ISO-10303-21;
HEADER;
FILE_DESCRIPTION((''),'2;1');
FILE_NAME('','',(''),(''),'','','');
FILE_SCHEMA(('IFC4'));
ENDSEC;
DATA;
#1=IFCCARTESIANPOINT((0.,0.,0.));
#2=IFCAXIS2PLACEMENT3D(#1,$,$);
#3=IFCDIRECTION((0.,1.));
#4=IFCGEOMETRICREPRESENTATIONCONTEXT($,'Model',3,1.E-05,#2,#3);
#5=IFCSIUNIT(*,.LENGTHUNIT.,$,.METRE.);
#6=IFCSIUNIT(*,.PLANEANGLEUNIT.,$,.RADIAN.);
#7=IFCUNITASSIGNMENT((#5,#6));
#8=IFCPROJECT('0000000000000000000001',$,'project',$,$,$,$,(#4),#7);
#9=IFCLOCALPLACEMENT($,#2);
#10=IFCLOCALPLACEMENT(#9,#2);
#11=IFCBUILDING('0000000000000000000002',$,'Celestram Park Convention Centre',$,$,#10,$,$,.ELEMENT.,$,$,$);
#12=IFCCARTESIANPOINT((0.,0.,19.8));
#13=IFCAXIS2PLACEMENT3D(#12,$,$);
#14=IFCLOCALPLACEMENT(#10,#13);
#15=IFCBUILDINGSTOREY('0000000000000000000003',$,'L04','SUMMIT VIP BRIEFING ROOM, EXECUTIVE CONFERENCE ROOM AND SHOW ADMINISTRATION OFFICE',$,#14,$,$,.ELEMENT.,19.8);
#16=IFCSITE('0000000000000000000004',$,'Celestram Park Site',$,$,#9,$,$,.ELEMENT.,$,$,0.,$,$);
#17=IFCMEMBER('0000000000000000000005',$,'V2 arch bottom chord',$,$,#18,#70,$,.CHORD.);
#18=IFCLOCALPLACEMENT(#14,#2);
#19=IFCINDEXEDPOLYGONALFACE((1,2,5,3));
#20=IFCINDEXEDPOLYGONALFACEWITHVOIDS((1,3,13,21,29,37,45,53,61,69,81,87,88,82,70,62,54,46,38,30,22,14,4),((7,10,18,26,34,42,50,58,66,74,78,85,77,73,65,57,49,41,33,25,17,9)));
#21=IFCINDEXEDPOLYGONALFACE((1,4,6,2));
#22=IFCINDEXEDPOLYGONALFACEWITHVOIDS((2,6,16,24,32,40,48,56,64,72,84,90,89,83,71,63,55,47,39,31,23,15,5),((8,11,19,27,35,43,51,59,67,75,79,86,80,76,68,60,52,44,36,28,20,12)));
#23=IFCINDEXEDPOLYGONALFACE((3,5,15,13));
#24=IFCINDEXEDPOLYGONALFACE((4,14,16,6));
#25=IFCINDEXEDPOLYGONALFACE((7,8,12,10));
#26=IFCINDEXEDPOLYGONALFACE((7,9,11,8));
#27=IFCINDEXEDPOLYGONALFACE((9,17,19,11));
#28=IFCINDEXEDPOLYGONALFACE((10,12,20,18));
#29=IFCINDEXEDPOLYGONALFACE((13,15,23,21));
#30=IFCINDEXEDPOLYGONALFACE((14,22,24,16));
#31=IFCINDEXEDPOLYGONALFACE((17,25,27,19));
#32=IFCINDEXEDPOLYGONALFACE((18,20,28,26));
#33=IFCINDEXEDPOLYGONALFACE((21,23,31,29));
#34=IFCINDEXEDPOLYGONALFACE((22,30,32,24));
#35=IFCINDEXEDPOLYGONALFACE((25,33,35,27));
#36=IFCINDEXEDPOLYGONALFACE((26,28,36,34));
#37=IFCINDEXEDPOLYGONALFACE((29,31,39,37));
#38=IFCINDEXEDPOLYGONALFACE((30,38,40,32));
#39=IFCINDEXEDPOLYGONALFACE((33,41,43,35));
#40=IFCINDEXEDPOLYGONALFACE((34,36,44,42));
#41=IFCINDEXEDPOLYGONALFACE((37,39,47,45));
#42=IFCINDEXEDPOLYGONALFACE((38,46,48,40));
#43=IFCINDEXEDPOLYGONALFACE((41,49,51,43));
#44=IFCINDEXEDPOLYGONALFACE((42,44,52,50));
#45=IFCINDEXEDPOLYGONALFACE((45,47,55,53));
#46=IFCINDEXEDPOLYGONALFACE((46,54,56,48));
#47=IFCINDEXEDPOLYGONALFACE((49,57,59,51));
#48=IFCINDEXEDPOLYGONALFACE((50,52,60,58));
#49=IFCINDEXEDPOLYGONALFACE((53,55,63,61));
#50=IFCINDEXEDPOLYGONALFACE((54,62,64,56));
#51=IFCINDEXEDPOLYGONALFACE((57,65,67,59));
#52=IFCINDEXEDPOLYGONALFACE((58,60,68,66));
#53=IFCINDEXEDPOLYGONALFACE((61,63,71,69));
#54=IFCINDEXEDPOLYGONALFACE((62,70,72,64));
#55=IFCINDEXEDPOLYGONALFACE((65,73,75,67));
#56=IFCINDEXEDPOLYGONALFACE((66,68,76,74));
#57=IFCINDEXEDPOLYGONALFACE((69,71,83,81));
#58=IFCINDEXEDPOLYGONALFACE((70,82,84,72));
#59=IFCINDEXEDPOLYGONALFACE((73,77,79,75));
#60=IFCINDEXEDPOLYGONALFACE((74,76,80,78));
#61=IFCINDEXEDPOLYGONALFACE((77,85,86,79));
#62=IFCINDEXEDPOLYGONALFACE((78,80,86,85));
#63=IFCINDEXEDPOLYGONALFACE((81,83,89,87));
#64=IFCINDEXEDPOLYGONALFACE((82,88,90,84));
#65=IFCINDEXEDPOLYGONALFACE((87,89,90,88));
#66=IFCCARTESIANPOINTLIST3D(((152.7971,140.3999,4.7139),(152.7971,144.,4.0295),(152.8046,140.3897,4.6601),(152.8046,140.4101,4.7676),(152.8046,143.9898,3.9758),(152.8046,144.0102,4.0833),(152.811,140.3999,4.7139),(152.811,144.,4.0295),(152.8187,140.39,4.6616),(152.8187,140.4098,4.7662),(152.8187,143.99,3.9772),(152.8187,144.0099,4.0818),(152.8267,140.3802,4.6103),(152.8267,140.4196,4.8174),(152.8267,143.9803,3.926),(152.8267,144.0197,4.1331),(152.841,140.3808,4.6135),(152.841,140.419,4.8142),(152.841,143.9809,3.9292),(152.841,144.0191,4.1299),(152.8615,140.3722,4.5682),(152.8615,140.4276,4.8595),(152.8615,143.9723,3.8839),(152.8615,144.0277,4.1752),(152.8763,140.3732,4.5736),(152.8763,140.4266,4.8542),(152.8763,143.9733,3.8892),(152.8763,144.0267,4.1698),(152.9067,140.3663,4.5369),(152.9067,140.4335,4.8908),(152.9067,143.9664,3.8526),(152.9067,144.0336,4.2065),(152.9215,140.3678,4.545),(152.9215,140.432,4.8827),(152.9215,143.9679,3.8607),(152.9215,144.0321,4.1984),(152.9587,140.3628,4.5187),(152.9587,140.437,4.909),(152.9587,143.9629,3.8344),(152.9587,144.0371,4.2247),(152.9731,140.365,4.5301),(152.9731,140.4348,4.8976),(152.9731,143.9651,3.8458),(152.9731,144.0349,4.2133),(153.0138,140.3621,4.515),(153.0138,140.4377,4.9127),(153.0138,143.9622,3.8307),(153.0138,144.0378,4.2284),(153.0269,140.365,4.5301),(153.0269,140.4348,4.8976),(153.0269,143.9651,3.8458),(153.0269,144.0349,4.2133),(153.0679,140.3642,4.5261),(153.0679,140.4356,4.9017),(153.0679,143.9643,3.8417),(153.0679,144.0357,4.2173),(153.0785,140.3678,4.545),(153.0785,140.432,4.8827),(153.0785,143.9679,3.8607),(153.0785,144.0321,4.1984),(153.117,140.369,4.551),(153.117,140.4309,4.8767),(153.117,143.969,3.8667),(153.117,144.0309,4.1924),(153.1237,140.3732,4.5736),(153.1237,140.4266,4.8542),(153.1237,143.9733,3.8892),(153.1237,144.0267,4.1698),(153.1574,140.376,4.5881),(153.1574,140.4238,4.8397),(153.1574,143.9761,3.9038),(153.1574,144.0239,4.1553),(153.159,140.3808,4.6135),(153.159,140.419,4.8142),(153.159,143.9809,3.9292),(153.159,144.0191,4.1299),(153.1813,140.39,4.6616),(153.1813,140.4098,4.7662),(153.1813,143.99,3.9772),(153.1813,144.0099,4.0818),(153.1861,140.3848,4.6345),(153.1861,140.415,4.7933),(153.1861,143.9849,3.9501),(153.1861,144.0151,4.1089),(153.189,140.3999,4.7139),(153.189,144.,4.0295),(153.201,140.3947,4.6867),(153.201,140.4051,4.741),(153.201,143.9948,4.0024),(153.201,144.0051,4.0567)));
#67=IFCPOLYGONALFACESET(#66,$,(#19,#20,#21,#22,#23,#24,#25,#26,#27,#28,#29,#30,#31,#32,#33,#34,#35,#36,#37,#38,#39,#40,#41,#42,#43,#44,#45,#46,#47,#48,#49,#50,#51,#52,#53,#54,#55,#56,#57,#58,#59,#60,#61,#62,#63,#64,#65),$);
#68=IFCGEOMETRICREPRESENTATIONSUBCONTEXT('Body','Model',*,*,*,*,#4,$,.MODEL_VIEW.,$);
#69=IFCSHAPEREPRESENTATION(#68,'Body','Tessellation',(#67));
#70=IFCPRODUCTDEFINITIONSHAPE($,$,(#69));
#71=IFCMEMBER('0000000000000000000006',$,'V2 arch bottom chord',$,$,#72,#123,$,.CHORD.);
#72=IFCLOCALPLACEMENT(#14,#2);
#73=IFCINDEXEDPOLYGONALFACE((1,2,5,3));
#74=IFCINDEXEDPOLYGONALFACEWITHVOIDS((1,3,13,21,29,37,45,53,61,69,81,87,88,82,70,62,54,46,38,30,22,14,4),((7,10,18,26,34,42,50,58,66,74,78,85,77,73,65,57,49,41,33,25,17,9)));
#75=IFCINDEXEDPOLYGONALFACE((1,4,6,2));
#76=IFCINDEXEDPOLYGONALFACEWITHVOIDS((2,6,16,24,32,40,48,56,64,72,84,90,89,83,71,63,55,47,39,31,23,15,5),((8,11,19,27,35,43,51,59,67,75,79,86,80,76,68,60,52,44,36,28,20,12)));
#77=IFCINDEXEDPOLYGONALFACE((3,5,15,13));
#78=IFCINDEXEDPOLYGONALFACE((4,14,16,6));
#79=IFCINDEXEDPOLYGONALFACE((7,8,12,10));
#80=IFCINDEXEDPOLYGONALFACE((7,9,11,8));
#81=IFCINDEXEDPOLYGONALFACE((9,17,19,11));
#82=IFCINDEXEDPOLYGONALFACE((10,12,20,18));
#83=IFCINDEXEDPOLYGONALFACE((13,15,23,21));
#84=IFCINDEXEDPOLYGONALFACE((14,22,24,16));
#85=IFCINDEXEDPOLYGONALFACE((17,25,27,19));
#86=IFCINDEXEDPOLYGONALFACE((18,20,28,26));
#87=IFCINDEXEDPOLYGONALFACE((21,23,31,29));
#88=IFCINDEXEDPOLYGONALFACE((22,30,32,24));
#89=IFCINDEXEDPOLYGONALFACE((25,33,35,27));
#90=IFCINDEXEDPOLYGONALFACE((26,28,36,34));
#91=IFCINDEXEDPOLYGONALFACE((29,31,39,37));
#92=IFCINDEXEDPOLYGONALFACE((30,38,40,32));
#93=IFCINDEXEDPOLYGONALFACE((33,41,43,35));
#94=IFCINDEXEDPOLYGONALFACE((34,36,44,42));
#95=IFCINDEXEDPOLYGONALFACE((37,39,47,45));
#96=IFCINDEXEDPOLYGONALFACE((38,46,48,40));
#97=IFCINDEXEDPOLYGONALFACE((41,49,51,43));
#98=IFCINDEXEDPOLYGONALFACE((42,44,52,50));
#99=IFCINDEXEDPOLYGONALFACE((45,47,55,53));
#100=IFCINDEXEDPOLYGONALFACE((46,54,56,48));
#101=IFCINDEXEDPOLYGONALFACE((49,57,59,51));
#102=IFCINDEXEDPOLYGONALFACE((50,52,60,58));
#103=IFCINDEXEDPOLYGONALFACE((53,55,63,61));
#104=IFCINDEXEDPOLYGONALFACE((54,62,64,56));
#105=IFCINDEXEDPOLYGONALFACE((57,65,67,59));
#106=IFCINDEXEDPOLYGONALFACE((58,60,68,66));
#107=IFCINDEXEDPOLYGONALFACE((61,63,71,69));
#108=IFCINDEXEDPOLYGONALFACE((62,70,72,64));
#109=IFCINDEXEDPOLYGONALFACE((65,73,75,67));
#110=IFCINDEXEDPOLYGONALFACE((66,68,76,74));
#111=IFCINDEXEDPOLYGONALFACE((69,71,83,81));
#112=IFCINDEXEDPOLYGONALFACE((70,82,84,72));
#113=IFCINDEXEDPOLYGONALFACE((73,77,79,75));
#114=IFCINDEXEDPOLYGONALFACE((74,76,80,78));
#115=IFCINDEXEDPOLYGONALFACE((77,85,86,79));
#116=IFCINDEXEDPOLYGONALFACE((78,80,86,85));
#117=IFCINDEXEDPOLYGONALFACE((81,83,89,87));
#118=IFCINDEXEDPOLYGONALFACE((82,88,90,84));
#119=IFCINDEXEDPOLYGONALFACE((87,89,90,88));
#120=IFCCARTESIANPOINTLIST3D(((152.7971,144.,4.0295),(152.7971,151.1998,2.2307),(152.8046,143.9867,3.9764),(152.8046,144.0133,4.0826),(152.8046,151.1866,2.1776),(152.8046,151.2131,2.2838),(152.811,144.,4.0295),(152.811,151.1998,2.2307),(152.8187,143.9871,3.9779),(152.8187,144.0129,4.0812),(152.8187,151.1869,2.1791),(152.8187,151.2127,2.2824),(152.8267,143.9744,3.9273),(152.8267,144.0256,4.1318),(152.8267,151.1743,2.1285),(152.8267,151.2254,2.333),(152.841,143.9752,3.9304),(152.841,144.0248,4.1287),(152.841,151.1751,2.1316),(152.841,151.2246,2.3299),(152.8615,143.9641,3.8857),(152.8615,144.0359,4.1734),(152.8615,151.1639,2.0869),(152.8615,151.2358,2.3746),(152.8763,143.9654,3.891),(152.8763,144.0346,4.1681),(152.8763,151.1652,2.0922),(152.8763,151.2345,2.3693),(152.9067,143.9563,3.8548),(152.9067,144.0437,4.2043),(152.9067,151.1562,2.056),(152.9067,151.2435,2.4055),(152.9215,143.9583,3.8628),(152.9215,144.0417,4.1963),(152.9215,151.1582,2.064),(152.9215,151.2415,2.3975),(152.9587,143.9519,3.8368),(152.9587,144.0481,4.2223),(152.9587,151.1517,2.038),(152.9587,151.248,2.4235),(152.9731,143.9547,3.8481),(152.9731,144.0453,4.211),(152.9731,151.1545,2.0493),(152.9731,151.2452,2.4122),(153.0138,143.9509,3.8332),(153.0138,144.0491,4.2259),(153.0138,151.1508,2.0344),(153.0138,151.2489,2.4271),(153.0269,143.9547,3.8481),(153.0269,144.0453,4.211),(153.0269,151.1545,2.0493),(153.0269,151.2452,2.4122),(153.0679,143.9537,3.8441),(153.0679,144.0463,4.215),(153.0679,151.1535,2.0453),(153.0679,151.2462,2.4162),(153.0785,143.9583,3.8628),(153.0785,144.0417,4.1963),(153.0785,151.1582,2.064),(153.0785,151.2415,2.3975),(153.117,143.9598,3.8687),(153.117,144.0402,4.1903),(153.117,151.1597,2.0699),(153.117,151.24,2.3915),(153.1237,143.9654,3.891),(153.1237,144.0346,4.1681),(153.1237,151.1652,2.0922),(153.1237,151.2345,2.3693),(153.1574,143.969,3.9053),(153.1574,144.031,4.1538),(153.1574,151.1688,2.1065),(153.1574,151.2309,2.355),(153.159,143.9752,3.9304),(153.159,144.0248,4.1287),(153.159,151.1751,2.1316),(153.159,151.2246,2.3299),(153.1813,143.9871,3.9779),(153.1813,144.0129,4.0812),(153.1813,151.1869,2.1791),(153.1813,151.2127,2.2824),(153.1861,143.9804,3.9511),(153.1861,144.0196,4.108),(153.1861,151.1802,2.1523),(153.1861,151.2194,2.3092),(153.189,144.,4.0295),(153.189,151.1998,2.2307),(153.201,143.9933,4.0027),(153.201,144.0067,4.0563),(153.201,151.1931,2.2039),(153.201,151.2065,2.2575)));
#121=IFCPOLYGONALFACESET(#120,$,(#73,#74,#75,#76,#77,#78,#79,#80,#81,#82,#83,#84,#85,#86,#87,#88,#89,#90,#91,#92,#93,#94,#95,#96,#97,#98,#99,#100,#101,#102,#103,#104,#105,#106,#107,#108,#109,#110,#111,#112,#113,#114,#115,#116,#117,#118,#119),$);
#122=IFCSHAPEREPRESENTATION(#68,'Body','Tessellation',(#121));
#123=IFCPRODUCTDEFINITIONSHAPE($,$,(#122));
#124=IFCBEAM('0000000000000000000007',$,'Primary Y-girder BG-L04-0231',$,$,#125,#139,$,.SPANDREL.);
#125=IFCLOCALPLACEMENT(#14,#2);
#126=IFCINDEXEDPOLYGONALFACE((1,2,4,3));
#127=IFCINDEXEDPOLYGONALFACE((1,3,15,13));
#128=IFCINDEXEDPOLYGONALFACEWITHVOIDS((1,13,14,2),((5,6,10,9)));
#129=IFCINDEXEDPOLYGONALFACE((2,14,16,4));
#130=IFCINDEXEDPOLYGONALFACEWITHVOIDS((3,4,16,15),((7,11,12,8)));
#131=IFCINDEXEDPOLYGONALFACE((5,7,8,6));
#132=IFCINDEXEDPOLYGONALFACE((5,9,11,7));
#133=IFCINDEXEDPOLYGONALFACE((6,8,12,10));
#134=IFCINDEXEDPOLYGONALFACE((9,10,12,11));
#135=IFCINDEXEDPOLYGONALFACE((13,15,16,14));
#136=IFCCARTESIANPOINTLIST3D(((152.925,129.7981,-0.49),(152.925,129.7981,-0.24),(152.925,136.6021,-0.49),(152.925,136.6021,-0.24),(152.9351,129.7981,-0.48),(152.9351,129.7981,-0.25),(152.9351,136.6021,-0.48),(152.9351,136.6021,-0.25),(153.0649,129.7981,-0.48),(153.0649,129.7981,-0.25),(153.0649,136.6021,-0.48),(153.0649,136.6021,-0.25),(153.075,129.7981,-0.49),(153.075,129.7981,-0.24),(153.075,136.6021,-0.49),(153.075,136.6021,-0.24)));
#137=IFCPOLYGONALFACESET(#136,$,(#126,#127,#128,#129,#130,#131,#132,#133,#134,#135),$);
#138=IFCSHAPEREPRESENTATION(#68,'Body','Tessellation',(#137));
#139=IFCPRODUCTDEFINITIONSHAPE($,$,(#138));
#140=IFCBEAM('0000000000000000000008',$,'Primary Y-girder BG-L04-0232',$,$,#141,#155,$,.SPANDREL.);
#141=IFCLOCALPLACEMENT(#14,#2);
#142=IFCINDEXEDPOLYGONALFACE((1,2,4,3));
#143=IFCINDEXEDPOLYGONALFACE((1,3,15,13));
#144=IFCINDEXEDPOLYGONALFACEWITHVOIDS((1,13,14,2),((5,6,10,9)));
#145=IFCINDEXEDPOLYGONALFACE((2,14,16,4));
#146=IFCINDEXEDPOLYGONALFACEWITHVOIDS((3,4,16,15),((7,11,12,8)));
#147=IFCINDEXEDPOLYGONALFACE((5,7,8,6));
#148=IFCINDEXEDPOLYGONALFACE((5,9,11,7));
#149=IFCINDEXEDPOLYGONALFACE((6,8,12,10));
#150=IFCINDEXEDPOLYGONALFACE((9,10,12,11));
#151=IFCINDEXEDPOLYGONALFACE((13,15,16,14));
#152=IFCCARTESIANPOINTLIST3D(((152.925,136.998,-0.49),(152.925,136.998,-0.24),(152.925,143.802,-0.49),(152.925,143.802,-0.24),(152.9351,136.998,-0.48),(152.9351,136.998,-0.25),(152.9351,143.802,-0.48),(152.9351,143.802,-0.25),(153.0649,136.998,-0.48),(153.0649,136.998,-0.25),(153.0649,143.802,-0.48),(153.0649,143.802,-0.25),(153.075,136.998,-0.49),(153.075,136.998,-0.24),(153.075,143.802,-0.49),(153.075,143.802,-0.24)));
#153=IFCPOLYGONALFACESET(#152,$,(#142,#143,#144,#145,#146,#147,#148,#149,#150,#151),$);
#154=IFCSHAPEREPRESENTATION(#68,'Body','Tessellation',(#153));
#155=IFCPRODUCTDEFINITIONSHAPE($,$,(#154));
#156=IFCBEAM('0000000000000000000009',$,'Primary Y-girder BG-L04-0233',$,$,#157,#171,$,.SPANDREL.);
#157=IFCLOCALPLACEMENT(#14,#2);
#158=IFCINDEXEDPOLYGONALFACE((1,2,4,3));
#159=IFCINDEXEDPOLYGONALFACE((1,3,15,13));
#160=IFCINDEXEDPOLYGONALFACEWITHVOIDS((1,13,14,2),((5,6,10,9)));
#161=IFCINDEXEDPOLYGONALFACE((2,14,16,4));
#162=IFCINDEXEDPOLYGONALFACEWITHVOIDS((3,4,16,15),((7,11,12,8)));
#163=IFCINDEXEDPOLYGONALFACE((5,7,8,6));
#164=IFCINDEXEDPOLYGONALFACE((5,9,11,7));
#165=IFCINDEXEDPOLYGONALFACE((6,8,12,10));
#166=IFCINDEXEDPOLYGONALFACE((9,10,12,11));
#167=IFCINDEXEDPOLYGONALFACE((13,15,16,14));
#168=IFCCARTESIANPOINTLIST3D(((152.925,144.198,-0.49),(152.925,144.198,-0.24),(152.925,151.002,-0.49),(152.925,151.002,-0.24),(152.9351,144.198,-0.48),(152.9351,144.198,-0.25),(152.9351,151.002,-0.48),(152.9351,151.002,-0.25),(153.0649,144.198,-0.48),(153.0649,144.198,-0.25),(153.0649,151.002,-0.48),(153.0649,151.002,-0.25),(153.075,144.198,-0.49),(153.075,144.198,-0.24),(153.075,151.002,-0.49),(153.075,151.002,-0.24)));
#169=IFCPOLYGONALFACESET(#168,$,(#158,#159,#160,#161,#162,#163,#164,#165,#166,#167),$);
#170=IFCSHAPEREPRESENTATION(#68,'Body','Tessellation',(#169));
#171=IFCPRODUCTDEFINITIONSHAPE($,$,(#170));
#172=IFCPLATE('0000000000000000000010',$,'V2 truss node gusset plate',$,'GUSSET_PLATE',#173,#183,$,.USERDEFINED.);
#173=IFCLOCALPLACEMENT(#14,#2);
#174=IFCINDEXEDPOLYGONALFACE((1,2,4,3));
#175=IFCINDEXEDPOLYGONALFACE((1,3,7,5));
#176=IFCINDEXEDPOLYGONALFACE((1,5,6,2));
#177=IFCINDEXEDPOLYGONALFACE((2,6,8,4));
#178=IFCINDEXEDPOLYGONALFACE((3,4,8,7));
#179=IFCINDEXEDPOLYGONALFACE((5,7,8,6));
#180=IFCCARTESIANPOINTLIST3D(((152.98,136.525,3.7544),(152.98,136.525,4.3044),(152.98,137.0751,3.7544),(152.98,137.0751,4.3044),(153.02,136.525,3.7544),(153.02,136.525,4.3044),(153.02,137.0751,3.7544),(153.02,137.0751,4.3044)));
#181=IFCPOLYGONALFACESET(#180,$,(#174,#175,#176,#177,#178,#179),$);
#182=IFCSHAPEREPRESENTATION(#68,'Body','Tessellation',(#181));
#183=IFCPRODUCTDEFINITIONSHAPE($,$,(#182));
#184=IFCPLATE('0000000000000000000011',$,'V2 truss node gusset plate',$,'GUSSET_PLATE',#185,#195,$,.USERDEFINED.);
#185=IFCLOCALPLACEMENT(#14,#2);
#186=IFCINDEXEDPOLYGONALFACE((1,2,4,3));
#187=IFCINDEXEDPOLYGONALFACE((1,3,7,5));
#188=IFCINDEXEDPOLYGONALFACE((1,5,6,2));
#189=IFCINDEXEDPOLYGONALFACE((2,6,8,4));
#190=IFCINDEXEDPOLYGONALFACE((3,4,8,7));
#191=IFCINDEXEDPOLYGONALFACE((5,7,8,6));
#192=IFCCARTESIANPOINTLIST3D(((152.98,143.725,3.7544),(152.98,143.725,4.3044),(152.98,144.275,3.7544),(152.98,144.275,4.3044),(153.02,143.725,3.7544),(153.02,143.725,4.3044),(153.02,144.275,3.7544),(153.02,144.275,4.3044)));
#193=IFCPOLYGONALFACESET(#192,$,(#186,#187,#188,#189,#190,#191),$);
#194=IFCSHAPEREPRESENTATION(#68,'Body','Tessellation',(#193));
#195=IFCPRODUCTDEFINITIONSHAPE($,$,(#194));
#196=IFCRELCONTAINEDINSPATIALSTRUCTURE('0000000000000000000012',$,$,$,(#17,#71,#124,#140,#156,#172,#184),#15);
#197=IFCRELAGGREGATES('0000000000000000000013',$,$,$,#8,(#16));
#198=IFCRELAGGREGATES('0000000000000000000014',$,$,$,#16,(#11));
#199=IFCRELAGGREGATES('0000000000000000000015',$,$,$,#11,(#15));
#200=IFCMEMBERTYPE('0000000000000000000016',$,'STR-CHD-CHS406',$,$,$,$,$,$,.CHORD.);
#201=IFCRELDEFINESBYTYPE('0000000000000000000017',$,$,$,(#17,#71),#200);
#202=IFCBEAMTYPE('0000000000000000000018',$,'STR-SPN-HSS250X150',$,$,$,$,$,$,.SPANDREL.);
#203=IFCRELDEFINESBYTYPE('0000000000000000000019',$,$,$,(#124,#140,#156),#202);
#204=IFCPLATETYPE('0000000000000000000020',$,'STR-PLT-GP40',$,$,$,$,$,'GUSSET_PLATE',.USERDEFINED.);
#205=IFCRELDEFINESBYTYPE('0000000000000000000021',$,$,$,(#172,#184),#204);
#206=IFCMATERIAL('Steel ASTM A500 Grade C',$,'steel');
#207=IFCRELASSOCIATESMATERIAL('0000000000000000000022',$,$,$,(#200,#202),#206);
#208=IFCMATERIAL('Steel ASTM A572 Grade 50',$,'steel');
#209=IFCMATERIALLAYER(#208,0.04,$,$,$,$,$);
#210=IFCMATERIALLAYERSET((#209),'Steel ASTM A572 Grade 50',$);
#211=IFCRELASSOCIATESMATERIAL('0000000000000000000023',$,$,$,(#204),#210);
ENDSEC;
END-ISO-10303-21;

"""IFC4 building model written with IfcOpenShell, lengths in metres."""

from ifc_helpers import new_model, si_unit, direction, frame, origin, origin_2d, place, context, subcontext, project, spatial, rectangle, hollow_rectangle, hollow_circle, extrude, material, layer, layer_set, material_profile, profile_set, type_object, element, save


model = new_model("IFC4")

# Units and contexts
model_context = context("Model", 3, precision=1e-05, world=origin(), true_north=direction((0.0, 1.0)))
body_context = subcontext(model_context, "Body", "Model", "MODEL_VIEW")
ifc_project = project(units=[si_unit("LENGTHUNIT", "METRE"), si_unit("PLANEANGLEUNIT", "RADIAN")], contexts=[model_context])

# Site, building, storey
site_placement = place(None, origin())
site = spatial("IfcSite", under=ifc_project, at=site_placement, Name="Celestram Park Site", CompositionType="ELEMENT", RefElevation=0.0)
building_placement = place(site_placement, origin())
building = spatial("IfcBuilding", under=site, at=building_placement, Name="Celestram Park Convention Centre", CompositionType="ELEMENT")
storey_placement = place(building_placement, frame((0.0, 0.0, 19.8)))
storey = spatial("IfcBuildingStorey", under=building, at=storey_placement, Name="L04", Description="SUMMIT VIP BRIEFING ROOM, EXECUTIVE CONFERENCE ROOM AND SHOW ADMINISTRATION OFFICE", CompositionType="ELEMENT", Elevation=19.8)

# Members
ifc_material_1 = material(Name="Steel ASTM A500 Grade C", Category="steel")
ifc_material_profile_1 = material_profile(ifc_material_1, hollow_circle(Radius=0.2029, WallThickness=0.0139, at=origin_2d()), Name="CHS406X14")
ifc_profile_set_1 = profile_set([ifc_material_profile_1], Name="Steel ASTM A500 Grade C")
member_type_1 = type_object("IfcMemberType", Name="STR-CHD-CHS406", PredefinedType="CHORD", material=ifc_profile_set_1)
member_1_placement = place(storey_placement, frame((153.0, 140.3999, 4.7139), z_axis=(0.0, 0.982409, -0.186742), x_axis=(-1.0, 0.0, 0.0)))
element("IfcMember", 1, at=member_1_placement, inside=storey, type_object=member_type_1, Name="V2 arch bottom chord", PredefinedType="CHORD", context=body_context, shape_type="SweptSolid", body=[
    extrude(hollow_circle(Radius=0.2029, WallThickness=0.0139, at=origin_2d()), origin(), (0.0, 0.0, 1.0), 3.6646),
])
member_2_placement = place(storey_placement, frame((153.0, 144.0, 4.0295), z_axis=(0.0, 0.970179, -0.242389), x_axis=(-1.0, 0.0, 0.0)))
element("IfcMember", 2, at=member_2_placement, inside=storey, type_object=member_type_1, Name="V2 arch bottom chord", PredefinedType="CHORD", context=body_context, shape_type="SweptSolid", body=[
    extrude(hollow_circle(Radius=0.2029, WallThickness=0.0139, at=origin_2d()), origin(), (0.0, 0.0, 1.0), 7.4211),
])

# Beams
ifc_material_profile_2 = material_profile(ifc_material_1, hollow_rectangle(XDim=0.1499, YDim=0.25, WallThickness=0.01, at=origin_2d()), Name="HSS250X150X10")
ifc_profile_set_2 = profile_set([ifc_material_profile_2], Name="Steel ASTM A500 Grade C")
beam_type_1 = type_object("IfcBeamType", Name="STR-SPN-HSS250X150", PredefinedType="SPANDREL", material=ifc_profile_set_2)
for number, where, z_axis, x_axis, name in (
    (3, (153.0, 129.7981, -0.365), (0.0, 1.0, 0.0), (-1.0, 0.0, 0.0), "Primary Y-girder BG-L04-0231"),
    (4, (153.0, 136.998, -0.365), (0.0, 1.0, 0.0), (-1.0, 0.0, 0.0), "Primary Y-girder BG-L04-0232"),
    (5, (153.0, 144.198, -0.365), (0.0, 1.0, 0.0), (-1.0, 0.0, 0.0), "Primary Y-girder BG-L04-0233"),
):
    element("IfcBeam", number, at=place(storey_placement, frame(where, z_axis=z_axis, x_axis=x_axis)), inside=storey, type_object=beam_type_1, Name=name, PredefinedType="SPANDREL", context=body_context, shape_type="SweptSolid", body=[
        extrude(hollow_rectangle(XDim=0.1499, YDim=0.25, WallThickness=0.01, at=origin_2d()), origin(), (0.0, 0.0, 1.0), 6.804),
    ])

# Plates
ifc_material_2 = material(Name="Steel ASTM A572 Grade 50", Category="steel")
ifc_layer = layer(ifc_material_2, 0.04)
ifc_layer_set = layer_set([ifc_layer], Name="Steel ASTM A572 Grade 50")
plate_type = type_object("IfcPlateType", Name="STR-PLT-GP40", ElementType="GUSSET_PLATE", PredefinedType="USERDEFINED", material=ifc_layer_set)
for number, where, z_axis, x_axis, name in (
    (6, (153.0, 136.8, 3.7544), (0.0, 0.0, 1.0), (0.0, 1.0, 0.0), "V2 truss node gusset plate"),
    (7, (153.0, 144.0, 3.7544), (0.0, 0.0, 1.0), (0.0, 1.0, 0.0), "V2 truss node gusset plate"),
):
    element("IfcPlate", number, at=place(storey_placement, frame(where, z_axis=z_axis, x_axis=x_axis)), inside=storey, type_object=plate_type, Name=name, ObjectType="GUSSET_PLATE", PredefinedType="USERDEFINED", context=body_context, shape_type="SweptSolid", body=[
        extrude(rectangle(XDim=0.55, YDim=0.04, at=origin_2d()), origin(), (0.0, 0.0, 1.0), 0.55),
    ])

save(model, "model.ifc")
